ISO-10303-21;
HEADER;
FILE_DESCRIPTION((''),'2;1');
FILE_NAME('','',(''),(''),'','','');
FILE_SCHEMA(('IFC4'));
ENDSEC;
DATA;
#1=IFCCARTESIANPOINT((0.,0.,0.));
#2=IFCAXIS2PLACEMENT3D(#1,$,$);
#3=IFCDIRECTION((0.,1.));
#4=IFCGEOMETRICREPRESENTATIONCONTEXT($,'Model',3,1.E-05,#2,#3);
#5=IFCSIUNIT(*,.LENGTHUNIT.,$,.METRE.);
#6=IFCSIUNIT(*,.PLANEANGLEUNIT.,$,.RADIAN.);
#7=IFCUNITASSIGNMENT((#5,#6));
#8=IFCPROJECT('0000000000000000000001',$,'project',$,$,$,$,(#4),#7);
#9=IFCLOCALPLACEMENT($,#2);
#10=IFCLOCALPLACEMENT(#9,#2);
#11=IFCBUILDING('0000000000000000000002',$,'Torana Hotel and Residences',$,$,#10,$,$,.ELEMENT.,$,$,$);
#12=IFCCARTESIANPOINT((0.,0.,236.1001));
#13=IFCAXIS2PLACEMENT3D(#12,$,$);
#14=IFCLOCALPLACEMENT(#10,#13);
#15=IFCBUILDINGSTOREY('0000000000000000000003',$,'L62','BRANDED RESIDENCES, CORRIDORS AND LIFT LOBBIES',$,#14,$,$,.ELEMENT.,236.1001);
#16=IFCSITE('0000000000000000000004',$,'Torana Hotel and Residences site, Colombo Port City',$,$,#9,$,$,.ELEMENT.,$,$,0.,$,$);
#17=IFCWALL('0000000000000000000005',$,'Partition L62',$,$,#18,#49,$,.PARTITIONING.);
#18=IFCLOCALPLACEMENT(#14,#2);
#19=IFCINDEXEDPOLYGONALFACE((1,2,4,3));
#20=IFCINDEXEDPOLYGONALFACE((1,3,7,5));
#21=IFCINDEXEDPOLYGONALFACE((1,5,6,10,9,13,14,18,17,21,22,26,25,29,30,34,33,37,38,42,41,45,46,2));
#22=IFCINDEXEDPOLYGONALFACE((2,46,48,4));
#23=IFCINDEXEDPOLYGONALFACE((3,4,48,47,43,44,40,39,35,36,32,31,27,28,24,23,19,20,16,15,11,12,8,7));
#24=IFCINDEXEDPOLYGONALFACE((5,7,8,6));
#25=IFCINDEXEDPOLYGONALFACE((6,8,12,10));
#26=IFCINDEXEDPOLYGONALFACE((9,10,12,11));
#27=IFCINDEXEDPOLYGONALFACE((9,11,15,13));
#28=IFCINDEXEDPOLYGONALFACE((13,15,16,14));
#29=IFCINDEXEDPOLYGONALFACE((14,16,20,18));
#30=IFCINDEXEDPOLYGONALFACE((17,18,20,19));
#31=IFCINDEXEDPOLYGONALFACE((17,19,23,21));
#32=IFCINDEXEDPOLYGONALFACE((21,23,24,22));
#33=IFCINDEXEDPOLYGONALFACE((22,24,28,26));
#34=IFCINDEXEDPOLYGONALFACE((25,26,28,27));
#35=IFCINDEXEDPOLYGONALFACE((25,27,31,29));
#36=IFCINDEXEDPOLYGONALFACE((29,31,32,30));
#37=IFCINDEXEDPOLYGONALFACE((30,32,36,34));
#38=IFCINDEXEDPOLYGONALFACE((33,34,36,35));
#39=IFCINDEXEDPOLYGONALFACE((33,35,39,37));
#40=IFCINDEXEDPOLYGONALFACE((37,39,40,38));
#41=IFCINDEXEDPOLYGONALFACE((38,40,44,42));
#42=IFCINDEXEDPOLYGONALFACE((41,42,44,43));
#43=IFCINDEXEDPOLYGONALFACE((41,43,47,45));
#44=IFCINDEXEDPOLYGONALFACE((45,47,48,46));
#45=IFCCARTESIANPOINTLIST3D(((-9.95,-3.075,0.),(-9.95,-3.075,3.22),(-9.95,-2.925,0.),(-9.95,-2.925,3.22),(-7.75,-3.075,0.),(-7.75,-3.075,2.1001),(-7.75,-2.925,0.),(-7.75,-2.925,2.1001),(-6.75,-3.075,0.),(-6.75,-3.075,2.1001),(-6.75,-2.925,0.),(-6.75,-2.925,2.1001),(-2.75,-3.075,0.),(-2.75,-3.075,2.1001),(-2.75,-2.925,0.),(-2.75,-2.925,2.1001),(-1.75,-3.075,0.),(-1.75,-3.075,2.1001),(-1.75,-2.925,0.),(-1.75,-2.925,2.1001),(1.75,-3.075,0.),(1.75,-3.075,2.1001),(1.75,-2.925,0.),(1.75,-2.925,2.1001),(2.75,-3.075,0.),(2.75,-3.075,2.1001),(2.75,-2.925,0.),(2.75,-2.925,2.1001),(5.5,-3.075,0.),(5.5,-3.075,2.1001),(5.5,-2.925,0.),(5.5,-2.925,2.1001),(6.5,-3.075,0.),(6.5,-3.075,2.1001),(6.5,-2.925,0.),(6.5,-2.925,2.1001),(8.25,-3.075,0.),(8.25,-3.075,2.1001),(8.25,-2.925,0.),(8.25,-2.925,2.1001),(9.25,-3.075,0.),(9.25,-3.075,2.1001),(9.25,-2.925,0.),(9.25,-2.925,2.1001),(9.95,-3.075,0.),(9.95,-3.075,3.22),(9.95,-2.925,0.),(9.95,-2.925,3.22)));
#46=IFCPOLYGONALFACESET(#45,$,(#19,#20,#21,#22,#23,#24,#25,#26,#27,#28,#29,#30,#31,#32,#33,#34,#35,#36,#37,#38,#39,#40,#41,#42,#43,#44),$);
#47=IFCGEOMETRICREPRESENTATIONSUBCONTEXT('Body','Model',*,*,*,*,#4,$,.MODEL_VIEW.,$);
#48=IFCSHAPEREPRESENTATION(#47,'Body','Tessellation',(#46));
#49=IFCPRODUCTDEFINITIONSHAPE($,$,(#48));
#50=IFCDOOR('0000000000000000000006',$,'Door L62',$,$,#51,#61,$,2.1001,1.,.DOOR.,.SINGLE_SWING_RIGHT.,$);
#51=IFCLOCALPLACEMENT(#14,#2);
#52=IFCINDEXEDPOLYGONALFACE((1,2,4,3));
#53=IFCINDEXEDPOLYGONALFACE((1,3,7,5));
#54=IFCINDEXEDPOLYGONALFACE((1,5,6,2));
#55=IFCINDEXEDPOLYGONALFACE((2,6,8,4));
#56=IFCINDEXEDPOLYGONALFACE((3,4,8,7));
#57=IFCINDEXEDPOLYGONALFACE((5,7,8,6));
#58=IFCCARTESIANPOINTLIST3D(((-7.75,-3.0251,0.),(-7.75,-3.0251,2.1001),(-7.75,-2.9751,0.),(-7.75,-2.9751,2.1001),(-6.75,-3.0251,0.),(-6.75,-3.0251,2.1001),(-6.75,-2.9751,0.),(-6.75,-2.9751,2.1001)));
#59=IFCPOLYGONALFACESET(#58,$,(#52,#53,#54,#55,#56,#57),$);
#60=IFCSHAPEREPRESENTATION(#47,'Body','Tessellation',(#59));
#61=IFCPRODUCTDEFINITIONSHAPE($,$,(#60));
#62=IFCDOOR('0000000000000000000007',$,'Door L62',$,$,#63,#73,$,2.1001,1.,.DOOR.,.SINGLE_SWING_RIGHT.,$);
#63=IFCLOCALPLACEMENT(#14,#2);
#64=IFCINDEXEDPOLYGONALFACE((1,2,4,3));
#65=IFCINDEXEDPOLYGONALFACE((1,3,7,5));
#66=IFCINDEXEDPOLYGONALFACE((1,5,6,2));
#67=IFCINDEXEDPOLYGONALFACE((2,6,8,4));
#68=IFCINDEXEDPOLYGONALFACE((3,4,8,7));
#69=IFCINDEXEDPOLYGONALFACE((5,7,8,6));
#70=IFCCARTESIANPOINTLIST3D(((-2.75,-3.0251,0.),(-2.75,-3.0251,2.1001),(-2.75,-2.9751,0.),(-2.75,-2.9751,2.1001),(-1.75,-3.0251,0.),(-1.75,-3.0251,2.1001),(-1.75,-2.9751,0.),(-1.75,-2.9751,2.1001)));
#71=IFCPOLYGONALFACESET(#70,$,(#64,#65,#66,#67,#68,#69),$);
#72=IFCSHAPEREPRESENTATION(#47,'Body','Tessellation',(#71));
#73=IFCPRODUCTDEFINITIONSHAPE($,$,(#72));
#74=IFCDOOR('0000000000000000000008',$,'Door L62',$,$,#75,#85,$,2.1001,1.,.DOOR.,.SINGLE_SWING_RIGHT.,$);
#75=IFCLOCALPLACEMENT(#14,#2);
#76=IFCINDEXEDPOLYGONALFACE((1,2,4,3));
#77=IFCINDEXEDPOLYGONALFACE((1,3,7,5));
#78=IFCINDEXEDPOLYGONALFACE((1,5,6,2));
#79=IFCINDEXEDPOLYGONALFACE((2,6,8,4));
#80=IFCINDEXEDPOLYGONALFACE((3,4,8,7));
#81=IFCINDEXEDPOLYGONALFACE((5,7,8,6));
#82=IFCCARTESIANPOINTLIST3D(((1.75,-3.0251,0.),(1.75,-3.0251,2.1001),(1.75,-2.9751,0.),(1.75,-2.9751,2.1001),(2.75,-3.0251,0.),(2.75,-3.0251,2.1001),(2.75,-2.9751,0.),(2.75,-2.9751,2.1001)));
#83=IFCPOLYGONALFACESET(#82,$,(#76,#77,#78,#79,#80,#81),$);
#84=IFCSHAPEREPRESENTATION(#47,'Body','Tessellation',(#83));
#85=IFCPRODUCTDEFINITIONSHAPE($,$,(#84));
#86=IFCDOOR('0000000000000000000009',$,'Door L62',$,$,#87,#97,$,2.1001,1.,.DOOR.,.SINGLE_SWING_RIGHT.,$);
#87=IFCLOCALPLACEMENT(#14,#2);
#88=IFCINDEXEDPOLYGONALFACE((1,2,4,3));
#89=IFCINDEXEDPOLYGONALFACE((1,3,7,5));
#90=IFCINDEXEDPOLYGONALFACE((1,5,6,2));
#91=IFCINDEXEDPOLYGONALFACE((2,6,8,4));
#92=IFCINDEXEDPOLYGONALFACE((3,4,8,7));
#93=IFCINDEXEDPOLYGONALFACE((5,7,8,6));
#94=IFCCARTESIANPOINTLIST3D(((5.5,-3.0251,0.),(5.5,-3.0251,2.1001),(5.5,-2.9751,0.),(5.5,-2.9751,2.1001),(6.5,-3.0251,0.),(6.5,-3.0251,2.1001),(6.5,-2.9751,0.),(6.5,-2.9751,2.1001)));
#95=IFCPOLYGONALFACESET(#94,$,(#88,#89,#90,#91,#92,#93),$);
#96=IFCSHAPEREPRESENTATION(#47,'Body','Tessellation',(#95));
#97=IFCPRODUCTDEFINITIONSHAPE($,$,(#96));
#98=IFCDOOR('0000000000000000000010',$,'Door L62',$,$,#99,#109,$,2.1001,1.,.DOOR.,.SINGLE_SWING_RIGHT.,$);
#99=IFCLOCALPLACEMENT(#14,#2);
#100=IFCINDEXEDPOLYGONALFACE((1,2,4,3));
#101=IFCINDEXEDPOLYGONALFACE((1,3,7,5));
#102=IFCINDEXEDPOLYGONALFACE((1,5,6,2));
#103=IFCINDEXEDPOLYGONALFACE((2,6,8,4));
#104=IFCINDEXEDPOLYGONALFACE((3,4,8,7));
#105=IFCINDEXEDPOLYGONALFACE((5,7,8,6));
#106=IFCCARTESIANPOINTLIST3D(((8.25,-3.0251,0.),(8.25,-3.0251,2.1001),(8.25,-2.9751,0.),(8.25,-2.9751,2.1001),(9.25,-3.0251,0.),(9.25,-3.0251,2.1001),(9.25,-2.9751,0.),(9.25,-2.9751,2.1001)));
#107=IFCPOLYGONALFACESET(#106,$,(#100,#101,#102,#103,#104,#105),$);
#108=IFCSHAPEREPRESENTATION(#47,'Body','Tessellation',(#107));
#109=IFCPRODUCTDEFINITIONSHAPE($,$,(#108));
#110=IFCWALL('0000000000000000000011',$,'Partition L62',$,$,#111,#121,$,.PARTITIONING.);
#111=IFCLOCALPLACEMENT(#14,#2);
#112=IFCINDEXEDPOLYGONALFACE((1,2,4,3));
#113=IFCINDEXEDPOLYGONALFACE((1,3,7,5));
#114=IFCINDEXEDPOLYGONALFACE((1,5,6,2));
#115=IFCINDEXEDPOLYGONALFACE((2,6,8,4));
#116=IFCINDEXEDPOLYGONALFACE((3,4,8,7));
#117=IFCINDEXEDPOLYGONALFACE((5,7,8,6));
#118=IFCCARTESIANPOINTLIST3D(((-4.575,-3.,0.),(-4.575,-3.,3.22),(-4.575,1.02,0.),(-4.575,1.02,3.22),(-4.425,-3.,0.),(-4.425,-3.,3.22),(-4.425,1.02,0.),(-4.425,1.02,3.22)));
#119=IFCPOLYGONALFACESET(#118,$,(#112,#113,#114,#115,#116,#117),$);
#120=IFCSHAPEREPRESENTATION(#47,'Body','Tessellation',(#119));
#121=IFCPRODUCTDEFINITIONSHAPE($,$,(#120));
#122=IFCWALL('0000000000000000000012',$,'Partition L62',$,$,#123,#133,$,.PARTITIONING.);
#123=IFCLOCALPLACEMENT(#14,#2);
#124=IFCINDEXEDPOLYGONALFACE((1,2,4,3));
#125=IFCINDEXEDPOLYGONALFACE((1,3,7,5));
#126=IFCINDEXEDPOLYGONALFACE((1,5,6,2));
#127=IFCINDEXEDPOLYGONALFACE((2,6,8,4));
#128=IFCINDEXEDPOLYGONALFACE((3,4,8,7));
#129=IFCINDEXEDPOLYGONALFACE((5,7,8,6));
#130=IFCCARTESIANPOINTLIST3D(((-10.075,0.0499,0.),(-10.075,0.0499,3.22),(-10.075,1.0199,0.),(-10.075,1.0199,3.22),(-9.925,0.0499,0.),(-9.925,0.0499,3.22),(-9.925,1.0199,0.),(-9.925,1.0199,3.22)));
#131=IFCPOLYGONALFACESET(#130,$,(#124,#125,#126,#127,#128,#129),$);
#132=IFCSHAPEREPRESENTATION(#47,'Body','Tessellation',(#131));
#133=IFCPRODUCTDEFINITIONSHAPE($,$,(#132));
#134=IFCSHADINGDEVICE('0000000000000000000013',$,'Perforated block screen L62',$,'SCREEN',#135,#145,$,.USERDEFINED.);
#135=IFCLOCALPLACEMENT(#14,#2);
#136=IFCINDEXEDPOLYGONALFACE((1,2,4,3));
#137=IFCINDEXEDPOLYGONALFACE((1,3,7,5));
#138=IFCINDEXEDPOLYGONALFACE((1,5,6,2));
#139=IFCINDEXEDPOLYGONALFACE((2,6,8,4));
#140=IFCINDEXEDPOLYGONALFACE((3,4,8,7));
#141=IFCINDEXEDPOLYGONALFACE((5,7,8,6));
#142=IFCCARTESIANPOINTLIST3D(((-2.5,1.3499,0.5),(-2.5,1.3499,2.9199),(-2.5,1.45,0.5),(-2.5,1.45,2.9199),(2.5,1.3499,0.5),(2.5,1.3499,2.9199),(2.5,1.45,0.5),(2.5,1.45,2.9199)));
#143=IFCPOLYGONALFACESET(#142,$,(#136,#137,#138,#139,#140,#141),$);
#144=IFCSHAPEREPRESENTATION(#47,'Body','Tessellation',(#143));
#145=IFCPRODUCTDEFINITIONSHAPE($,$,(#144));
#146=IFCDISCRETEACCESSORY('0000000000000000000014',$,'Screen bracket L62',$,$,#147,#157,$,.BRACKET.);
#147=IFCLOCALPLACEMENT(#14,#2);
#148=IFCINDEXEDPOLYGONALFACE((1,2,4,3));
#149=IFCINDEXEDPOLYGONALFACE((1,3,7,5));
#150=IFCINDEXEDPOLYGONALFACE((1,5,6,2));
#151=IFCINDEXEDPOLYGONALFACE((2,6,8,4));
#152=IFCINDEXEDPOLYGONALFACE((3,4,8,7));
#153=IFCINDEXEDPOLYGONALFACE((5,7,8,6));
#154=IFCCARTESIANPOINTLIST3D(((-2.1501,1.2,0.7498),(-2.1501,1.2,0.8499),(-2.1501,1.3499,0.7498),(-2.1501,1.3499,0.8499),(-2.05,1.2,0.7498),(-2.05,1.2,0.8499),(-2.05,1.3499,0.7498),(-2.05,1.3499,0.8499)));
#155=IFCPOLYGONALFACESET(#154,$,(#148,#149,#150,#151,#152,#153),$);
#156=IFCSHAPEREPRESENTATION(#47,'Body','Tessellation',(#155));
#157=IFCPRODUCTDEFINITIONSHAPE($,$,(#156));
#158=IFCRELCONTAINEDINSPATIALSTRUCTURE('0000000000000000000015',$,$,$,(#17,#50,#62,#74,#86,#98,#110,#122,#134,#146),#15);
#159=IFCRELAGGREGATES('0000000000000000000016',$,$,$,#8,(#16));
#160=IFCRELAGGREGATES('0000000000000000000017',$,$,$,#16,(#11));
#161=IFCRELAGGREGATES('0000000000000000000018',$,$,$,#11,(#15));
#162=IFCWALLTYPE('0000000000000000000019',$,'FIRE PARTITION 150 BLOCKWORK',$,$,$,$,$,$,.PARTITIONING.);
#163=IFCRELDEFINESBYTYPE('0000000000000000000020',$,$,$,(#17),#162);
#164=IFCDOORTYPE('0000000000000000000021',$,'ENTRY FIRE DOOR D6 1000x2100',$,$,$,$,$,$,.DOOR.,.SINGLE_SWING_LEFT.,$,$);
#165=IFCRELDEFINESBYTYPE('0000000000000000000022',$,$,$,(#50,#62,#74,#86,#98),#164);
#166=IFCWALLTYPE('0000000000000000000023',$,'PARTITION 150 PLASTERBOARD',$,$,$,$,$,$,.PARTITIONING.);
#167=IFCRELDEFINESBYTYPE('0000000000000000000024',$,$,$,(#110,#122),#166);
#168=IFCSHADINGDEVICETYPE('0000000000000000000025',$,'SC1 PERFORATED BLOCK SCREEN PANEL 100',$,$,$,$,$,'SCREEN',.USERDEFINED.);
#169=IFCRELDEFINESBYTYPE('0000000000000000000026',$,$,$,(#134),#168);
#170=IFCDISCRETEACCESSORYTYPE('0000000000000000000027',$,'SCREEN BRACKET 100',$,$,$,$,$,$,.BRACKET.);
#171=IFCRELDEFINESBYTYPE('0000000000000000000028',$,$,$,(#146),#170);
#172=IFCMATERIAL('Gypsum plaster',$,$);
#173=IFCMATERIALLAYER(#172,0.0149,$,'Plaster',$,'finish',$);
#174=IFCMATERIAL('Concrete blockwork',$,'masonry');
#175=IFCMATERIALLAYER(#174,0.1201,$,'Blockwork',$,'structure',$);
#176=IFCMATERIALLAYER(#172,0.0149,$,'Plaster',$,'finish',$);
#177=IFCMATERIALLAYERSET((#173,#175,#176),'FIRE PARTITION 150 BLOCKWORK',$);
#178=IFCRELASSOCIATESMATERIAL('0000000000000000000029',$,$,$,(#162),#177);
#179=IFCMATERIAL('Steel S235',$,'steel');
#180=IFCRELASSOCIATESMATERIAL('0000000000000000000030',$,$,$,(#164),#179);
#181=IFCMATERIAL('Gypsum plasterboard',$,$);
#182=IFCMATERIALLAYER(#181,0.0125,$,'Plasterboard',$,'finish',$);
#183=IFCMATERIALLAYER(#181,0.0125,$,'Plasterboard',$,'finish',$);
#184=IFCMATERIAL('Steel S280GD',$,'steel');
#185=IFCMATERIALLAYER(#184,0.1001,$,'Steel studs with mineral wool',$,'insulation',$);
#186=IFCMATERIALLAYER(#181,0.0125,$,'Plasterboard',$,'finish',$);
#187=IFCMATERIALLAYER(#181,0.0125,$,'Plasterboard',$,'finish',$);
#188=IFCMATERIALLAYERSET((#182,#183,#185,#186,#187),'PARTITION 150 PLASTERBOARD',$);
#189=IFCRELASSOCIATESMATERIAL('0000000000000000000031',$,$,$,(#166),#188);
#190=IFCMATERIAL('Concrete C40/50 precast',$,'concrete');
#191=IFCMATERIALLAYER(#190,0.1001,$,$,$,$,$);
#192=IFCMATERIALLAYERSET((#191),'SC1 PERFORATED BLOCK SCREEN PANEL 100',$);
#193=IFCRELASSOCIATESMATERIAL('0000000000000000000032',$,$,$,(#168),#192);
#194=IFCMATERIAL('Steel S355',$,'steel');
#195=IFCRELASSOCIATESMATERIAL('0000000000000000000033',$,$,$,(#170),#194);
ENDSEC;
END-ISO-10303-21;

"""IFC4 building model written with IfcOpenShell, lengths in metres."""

from ifc_helpers import new_model, si_unit, direction, frame, frame_2d, origin, origin_2d, place, context, subcontext, project, spatial, rectangle, extrude, material, layer, layer_set, type_object, element, fill, save


model = new_model("IFC4")

# Units and contexts
model_context = context("Model", 3, precision=1e-05, world=origin(), true_north=direction((0.0, 1.0)))
body_context = subcontext(model_context, "Body", "Model", "MODEL_VIEW")
ifc_project = project(units=[si_unit("LENGTHUNIT", "METRE"), si_unit("PLANEANGLEUNIT", "RADIAN")], contexts=[model_context])

# Site, building, storey
site_placement = place(None, origin())
site = spatial("IfcSite", under=ifc_project, at=site_placement, Name="Torana Hotel and Residences site, Colombo Port City", CompositionType="ELEMENT", RefElevation=0.0)
building_placement = place(site_placement, origin())
building = spatial("IfcBuilding", under=site, at=building_placement, Name="Torana Hotel and Residences", CompositionType="ELEMENT")
storey_placement = place(building_placement, frame((0.0, 0.0, 236.1001)))
storey = spatial("IfcBuildingStorey", under=building, at=storey_placement, Name="L62", Description="BRANDED RESIDENCES, CORRIDORS AND LIFT LOBBIES", CompositionType="ELEMENT", Elevation=236.1001)

# Shared definitions
ifc_material_1 = material(Name="Gypsum plaster")
ifc_layer_1 = layer(ifc_material_1, 0.0149, Name="Plaster", Category="finish")
ifc_material_2 = material(Name="Concrete blockwork", Category="masonry")
ifc_layer_2 = layer(ifc_material_2, 0.1201, Name="Blockwork", Category="structure")
ifc_layer_3 = layer(ifc_material_1, 0.0149, Name="Plaster", Category="finish")
ifc_layer_set_1 = layer_set([ifc_layer_1, ifc_layer_2, ifc_layer_3], Name="FIRE PARTITION 150 BLOCKWORK")
wall_type_1 = type_object("IfcWallType", Name="FIRE PARTITION 150 BLOCKWORK", PredefinedType="PARTITIONING", material=ifc_layer_set_1)

# Wall, openings, doors
ifc_material_3 = material(Name="Steel S235", Category="steel")
door_type = type_object("IfcDoorType", Name="ENTRY FIRE DOOR D6 1000x2100", OperationType="SINGLE_SWING_LEFT", PredefinedType="DOOR", material=ifc_material_3)
wall_1_placement = place(storey_placement, frame((-9.95, -3.0, 0.0), z_axis=(0.0, 0.0, 1.0), x_axis=(1.0, 0.0, 0.0)))
wall_1 = element("IfcWall", 1, at=wall_1_placement, inside=storey, type_object=wall_type_1, Name="Partition L62", PredefinedType="PARTITIONING", context=body_context, shape_type="SweptSolid", body=[
    extrude(rectangle(XDim=19.8999, YDim=0.1499, at=frame_2d((9.95, 0.0))), origin(), (0.0, 0.0, 1.0), 3.22),
])
opening_1_placement = place(wall_1_placement, frame((2.2, 0.0, 0.0)))
opening_1 = element("IfcOpeningElement", 2, at=opening_1_placement, cuts=wall_1, PredefinedType="OPENING", context=body_context, shape_type="SweptSolid", body=[
    extrude(rectangle(XDim=1.0, YDim=2.1001, at=frame_2d((0.5, 1.05))), frame((0.0, 0.085, 0.0), z_axis=(0.0, -1.0, 0.0), x_axis=(1.0, 0.0, 0.0)), (0.0, 0.0, 1.0), 0.1699),
])
opening_2_placement = place(wall_1_placement, frame((7.2, 0.0, 0.0)))
opening_2 = element("IfcOpeningElement", 3, at=opening_2_placement, cuts=wall_1, PredefinedType="OPENING", context=body_context, shape_type="SweptSolid", body=[
    extrude(rectangle(XDim=1.0, YDim=2.1001, at=frame_2d((0.5, 1.05))), frame((0.0, 0.085, 0.0), z_axis=(0.0, -1.0, 0.0), x_axis=(1.0, 0.0, 0.0)), (0.0, 0.0, 1.0), 0.1699),
])
opening_3_placement = place(wall_1_placement, frame((11.7, 0.0, 0.0)))
opening_3 = element("IfcOpeningElement", 4, at=opening_3_placement, cuts=wall_1, PredefinedType="OPENING", context=body_context, shape_type="SweptSolid", body=[
    extrude(rectangle(XDim=1.0, YDim=2.1001, at=frame_2d((0.5, 1.05))), frame((0.0, 0.085, 0.0), z_axis=(0.0, -1.0, 0.0), x_axis=(1.0, 0.0, 0.0)), (0.0, 0.0, 1.0), 0.1699),
])
opening_4_placement = place(wall_1_placement, frame((15.45, 0.0, 0.0)))
opening_4 = element("IfcOpeningElement", 5, at=opening_4_placement, cuts=wall_1, PredefinedType="OPENING", context=body_context, shape_type="SweptSolid", body=[
    extrude(rectangle(XDim=1.0, YDim=2.1001, at=frame_2d((0.5, 1.05))), frame((0.0, 0.085, 0.0), z_axis=(0.0, -1.0, 0.0), x_axis=(1.0, 0.0, 0.0)), (0.0, 0.0, 1.0), 0.1699),
])
opening_5_placement = place(wall_1_placement, frame((18.2, 0.0, 0.0)))
opening_5 = element("IfcOpeningElement", 6, at=opening_5_placement, cuts=wall_1, PredefinedType="OPENING", context=body_context, shape_type="SweptSolid", body=[
    extrude(rectangle(XDim=1.0, YDim=2.1001, at=frame_2d((0.5, 1.05))), frame((0.0, 0.085, 0.0), z_axis=(0.0, -1.0, 0.0), x_axis=(1.0, 0.0, 0.0)), (0.0, 0.0, 1.0), 0.1699),
])
door_1_placement = place(opening_1_placement, origin())
door_1 = element("IfcDoor", 7, at=door_1_placement, inside=storey, type_object=door_type, Name="Door L62", OperationType="SINGLE_SWING_RIGHT", OverallHeight=2.1001, OverallWidth=1.0, PredefinedType="DOOR", context=body_context, shape_type="SweptSolid", body=[
    extrude(rectangle(XDim=1.0, YDim=2.1001, at=frame_2d((0.5, 1.05))), frame((0.0, 0.0249, 0.0), z_axis=(0.0, -1.0, 0.0), x_axis=(1.0, 0.0, 0.0)), (0.0, 0.0, 1.0), 0.05),
])
fill(opening_1, door_1)
door_2_placement = place(opening_2_placement, origin())
door_2 = element("IfcDoor", 8, at=door_2_placement, inside=storey, type_object=door_type, Name="Door L62", OperationType="SINGLE_SWING_RIGHT", OverallHeight=2.1001, OverallWidth=1.0, PredefinedType="DOOR", context=body_context, shape_type="SweptSolid", body=[
    extrude(rectangle(XDim=1.0, YDim=2.1001, at=frame_2d((0.5, 1.05))), frame((0.0, 0.0249, 0.0), z_axis=(0.0, -1.0, 0.0), x_axis=(1.0, 0.0, 0.0)), (0.0, 0.0, 1.0), 0.05),
])
fill(opening_2, door_2)
door_3_placement = place(opening_3_placement, origin())
door_3 = element("IfcDoor", 9, at=door_3_placement, inside=storey, type_object=door_type, Name="Door L62", OperationType="SINGLE_SWING_RIGHT", OverallHeight=2.1001, OverallWidth=1.0, PredefinedType="DOOR", context=body_context, shape_type="SweptSolid", body=[
    extrude(rectangle(XDim=1.0, YDim=2.1001, at=frame_2d((0.5, 1.05))), frame((0.0, 0.0249, 0.0), z_axis=(0.0, -1.0, 0.0), x_axis=(1.0, 0.0, 0.0)), (0.0, 0.0, 1.0), 0.05),
])
fill(opening_3, door_3)
door_4_placement = place(opening_4_placement, origin())
door_4 = element("IfcDoor", 10, at=door_4_placement, inside=storey, type_object=door_type, Name="Door L62", OperationType="SINGLE_SWING_RIGHT", OverallHeight=2.1001, OverallWidth=1.0, PredefinedType="DOOR", context=body_context, shape_type="SweptSolid", body=[
    extrude(rectangle(XDim=1.0, YDim=2.1001, at=frame_2d((0.5, 1.05))), frame((0.0, 0.0249, 0.0), z_axis=(0.0, -1.0, 0.0), x_axis=(1.0, 0.0, 0.0)), (0.0, 0.0, 1.0), 0.05),
])
fill(opening_4, door_4)
door_5_placement = place(opening_5_placement, origin())
door_5 = element("IfcDoor", 11, at=door_5_placement, inside=storey, type_object=door_type, Name="Door L62", OperationType="SINGLE_SWING_RIGHT", OverallHeight=2.1001, OverallWidth=1.0, PredefinedType="DOOR", context=body_context, shape_type="SweptSolid", body=[
    extrude(rectangle(XDim=1.0, YDim=2.1001, at=frame_2d((0.5, 1.05))), frame((0.0, 0.0249, 0.0), z_axis=(0.0, -1.0, 0.0), x_axis=(1.0, 0.0, 0.0)), (0.0, 0.0, 1.0), 0.05),
])
fill(opening_5, door_5)

# Walls
ifc_material_4 = material(Name="Gypsum plasterboard")
ifc_layer_4 = layer(ifc_material_4, 0.0125, Name="Plasterboard", Category="finish")
ifc_layer_5 = layer(ifc_material_4, 0.0125, Name="Plasterboard", Category="finish")
ifc_material_5 = material(Name="Steel S280GD", Category="steel")
ifc_layer_6 = layer(ifc_material_5, 0.1001, Name="Steel studs with mineral wool", Category="insulation")
ifc_layer_7 = layer(ifc_material_4, 0.0125, Name="Plasterboard", Category="finish")
ifc_layer_8 = layer(ifc_material_4, 0.0125, Name="Plasterboard", Category="finish")
ifc_layer_set_2 = layer_set([ifc_layer_4, ifc_layer_5, ifc_layer_6, ifc_layer_7, ifc_layer_8], Name="PARTITION 150 PLASTERBOARD")
wall_type_2 = type_object("IfcWallType", Name="PARTITION 150 PLASTERBOARD", PredefinedType="PARTITIONING", material=ifc_layer_set_2)
wall_2_placement = place(storey_placement, frame((-4.5, -3.0, 0.0), z_axis=(0.0, 0.0, 1.0), x_axis=(0.0, 1.0, 0.0)))
element("IfcWall", 12, at=wall_2_placement, inside=storey, type_object=wall_type_2, Name="Partition L62", PredefinedType="PARTITIONING", context=body_context, shape_type="SweptSolid", body=[
    extrude(rectangle(XDim=4.02, YDim=0.1499, at=frame_2d((2.01, 0.0))), origin(), (0.0, 0.0, 1.0), 3.22),
])
wall_3_placement = place(storey_placement, frame((-10.0, 0.05, 0.0), z_axis=(0.0, 0.0, 1.0), x_axis=(0.0, 1.0, 0.0)))
element("IfcWall", 13, at=wall_3_placement, inside=storey, type_object=wall_type_2, Name="Partition L62", PredefinedType="PARTITIONING", context=body_context, shape_type="SweptSolid", body=[
    extrude(rectangle(XDim=0.97, YDim=0.1499, at=frame_2d((0.4849, 0.0))), origin(), (0.0, 0.0, 1.0), 3.22),
])

# Shading device
ifc_material_6 = material(Name="Concrete C40/50 precast", Category="concrete")
ifc_layer_9 = layer(ifc_material_6, 0.1001)
ifc_layer_set_3 = layer_set([ifc_layer_9], Name="SC1 PERFORATED BLOCK SCREEN PANEL 100")
shading_device_type = type_object("IfcShadingDeviceType", Name="SC1 PERFORATED BLOCK SCREEN PANEL 100", ElementType="SCREEN", PredefinedType="USERDEFINED", material=ifc_layer_set_3)
shading_device_placement = place(storey_placement, frame((0.0, 1.3999, 0.5), z_axis=(0.0, 0.0, 1.0), x_axis=(-1.0, 0.0, 0.0)))
element("IfcShadingDevice", 14, at=shading_device_placement, inside=storey, type_object=shading_device_type, Name="Perforated block screen L62", ObjectType="SCREEN", PredefinedType="USERDEFINED", context=body_context, shape_type="SweptSolid", body=[
    extrude(rectangle(XDim=5.0, YDim=0.1001, at=origin_2d()), origin(), (0.0, 0.0, 1.0), 2.4199),
])

# Discrete accessory
ifc_material_7 = material(Name="Steel S355", Category="steel")
discrete_accessory_type = type_object("IfcDiscreteAccessoryType", Name="SCREEN BRACKET 100", PredefinedType="BRACKET", material=ifc_material_7)
for number, where, z_axis, x_axis, name in (
    (15, (-2.1001, 1.2749, 0.7498), (0.0, 0.0, 1.0), (-1.0, 0.0, 0.0), "Screen bracket L62"),
):
    element("IfcDiscreteAccessory", number, at=place(storey_placement, frame(where, z_axis=z_axis, x_axis=x_axis)), inside=storey, type_object=discrete_accessory_type, Name=name, PredefinedType="BRACKET", context=body_context, shape_type="SweptSolid", body=[
        extrude(rectangle(XDim=0.1001, YDim=0.1499, at=origin_2d()), origin(), (0.0, 0.0, 1.0), 0.1001),
    ])

save(model, "model.ifc")
